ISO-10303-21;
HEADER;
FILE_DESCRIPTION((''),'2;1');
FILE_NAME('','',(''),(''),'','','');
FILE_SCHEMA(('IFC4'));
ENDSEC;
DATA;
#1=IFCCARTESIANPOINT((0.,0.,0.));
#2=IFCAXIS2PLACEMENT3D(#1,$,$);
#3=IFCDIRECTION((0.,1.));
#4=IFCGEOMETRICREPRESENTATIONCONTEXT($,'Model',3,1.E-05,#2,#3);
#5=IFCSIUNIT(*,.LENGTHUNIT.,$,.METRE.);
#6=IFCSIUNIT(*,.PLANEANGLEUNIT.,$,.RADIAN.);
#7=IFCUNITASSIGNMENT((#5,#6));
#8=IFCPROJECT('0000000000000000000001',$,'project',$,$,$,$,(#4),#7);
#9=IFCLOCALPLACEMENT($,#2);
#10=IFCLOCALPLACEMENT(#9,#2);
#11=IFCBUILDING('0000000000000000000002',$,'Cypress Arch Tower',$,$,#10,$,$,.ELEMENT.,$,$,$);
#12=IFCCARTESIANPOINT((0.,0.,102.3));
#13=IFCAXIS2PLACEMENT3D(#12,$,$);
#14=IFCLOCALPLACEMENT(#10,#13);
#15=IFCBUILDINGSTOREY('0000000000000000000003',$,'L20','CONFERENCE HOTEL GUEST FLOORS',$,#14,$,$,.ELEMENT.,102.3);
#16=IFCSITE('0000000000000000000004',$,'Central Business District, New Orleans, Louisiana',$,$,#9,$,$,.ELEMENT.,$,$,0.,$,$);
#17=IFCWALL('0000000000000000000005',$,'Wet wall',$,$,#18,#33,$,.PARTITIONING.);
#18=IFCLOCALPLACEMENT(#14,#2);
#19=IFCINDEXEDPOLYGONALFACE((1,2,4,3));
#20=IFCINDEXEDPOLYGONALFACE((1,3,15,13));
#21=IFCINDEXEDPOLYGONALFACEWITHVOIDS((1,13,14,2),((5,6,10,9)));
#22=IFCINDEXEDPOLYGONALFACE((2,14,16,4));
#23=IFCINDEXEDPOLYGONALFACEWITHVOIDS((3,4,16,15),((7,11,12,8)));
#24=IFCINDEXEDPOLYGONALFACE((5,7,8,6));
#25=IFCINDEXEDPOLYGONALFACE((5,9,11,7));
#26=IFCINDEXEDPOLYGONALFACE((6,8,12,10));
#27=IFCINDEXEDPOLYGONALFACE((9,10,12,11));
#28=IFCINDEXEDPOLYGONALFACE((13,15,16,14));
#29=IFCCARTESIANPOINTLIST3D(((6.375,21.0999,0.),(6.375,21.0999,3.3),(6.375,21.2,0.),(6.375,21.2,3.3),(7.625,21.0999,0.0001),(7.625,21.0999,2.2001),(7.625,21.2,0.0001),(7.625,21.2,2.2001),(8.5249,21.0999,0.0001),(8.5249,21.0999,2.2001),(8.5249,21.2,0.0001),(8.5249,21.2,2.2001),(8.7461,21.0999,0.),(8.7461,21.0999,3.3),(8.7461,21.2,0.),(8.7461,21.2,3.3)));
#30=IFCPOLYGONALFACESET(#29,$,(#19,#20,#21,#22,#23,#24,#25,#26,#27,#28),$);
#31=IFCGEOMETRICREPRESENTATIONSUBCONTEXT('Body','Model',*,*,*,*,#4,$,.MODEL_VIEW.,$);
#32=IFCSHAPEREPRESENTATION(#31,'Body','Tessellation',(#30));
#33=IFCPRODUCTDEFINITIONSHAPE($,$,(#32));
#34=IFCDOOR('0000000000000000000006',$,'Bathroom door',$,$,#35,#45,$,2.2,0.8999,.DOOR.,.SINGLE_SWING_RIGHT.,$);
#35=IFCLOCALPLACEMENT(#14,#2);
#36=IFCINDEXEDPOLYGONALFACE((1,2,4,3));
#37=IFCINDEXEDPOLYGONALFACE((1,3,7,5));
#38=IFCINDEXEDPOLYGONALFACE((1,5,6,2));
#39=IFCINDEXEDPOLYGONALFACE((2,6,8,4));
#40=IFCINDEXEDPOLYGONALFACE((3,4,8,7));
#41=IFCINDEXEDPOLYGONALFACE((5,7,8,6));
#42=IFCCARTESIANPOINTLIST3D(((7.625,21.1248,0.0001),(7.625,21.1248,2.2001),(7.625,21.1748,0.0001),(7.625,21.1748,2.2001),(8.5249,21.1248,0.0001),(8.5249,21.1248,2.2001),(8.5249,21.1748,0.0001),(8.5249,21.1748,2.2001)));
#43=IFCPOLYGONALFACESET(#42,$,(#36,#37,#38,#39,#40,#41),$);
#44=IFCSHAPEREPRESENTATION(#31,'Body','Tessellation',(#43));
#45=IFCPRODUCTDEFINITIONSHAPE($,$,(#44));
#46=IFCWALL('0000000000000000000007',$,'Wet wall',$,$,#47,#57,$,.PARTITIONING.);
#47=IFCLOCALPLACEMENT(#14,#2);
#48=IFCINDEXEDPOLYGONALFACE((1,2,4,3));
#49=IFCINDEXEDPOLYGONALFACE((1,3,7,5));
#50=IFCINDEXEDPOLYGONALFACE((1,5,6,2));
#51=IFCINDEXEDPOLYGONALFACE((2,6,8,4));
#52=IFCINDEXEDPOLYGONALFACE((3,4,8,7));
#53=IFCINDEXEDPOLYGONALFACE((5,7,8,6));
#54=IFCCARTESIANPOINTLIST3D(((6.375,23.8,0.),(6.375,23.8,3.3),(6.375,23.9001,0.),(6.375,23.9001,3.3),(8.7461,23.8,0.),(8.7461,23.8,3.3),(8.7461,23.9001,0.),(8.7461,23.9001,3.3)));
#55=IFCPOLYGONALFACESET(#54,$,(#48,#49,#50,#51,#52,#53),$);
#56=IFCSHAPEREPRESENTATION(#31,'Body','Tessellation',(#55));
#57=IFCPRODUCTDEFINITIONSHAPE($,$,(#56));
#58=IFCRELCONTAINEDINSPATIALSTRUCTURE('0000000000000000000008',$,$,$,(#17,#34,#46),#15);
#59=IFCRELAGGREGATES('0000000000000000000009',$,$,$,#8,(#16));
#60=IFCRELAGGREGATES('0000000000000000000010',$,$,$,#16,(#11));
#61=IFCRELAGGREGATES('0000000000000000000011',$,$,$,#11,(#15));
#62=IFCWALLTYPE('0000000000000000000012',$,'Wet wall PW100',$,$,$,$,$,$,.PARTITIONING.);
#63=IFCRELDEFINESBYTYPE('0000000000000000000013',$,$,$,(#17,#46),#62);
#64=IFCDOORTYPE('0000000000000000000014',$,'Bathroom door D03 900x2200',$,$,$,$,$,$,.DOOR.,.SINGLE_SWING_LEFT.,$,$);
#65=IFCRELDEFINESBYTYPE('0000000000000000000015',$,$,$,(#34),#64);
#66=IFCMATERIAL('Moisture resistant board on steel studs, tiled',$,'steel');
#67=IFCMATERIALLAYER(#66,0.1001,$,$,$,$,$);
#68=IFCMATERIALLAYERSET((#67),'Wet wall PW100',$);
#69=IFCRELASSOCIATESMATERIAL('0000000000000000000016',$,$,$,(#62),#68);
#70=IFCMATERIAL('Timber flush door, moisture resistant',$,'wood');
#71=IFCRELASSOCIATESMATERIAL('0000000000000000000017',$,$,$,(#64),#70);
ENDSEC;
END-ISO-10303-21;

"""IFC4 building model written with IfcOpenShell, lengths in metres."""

from ifc_helpers import new_model, si_unit, direction, frame, frame_2d, origin, place, context, subcontext, project, spatial, rectangle, extrude, material, layer, layer_set, type_object, element, fill, save


model = new_model("IFC4")

# Units and contexts
model_context = context("Model", 3, precision=1e-05, world=origin(), true_north=direction((0.0, 1.0)))
body_context = subcontext(model_context, "Body", "Model", "MODEL_VIEW")
ifc_project = project(units=[si_unit("LENGTHUNIT", "METRE"), si_unit("PLANEANGLEUNIT", "RADIAN")], contexts=[model_context])

# Site, building, storey
site_placement = place(None, origin())
site = spatial("IfcSite", under=ifc_project, at=site_placement, Name="Central Business District, New Orleans, Louisiana", CompositionType="ELEMENT", RefElevation=0.0)
building_placement = place(site_placement, origin())
building = spatial("IfcBuilding", under=site, at=building_placement, Name="Cypress Arch Tower", CompositionType="ELEMENT")
storey_placement = place(building_placement, frame((0.0, 0.0, 102.3)))
storey = spatial("IfcBuildingStorey", under=building, at=storey_placement, Name="L20", Description="CONFERENCE HOTEL GUEST FLOORS", CompositionType="ELEMENT", Elevation=102.3)

# Shared definitions
ifc_material_1 = material(Name="Moisture resistant board on steel studs, tiled", Category="steel")
ifc_layer_1 = layer(ifc_material_1, 0.1001)
ifc_layer_set_1 = layer_set([ifc_layer_1], Name="Wet wall PW100")
wall_type_1 = type_object("IfcWallType", Name="Wet wall PW100", PredefinedType="PARTITIONING", material=ifc_layer_set_1)

# Wall, opening, door
wall_1_placement = place(storey_placement, frame((6.375, 21.1499, 0.0), z_axis=(0.0, 0.0, 1.0), x_axis=(1.0, 0.0, 0.0)))
wall_1 = element("IfcWall", 1, at=wall_1_placement, inside=storey, type_object=wall_type_1, Name="Wet wall", PredefinedType="PARTITIONING", context=body_context, shape_type="SweptSolid", body=[
    extrude(rectangle(XDim=2.3711, YDim=0.1001, at=frame_2d((1.1855, 0.0))), origin(), (0.0, 0.0, 1.0), 3.3),
])
opening_1_placement = place(wall_1_placement, frame((1.25, 0.0, 0.0)))
opening_1 = element("IfcOpeningElement", 2, at=opening_1_placement, cuts=wall_1, PredefinedType="OPENING", context=body_context, shape_type="SweptSolid", body=[
    extrude(rectangle(XDim=0.8999, YDim=2.2, at=frame_2d((0.45, 1.1001))), frame((0.0, 0.0601, 0.0), z_axis=(0.0, -1.0, 0.0), x_axis=(1.0, 0.0, 0.0)), (0.0, 0.0, 1.0), 0.1201),
])
ifc_material_2 = material(Name="Timber flush door, moisture resistant", Category="wood")
door_type_1 = type_object("IfcDoorType", Name="Bathroom door D03 900x2200", OperationType="SINGLE_SWING_LEFT", PredefinedType="DOOR", material=ifc_material_2)
door_1_placement = place(opening_1_placement, origin())
door_1 = element("IfcDoor", 3, at=door_1_placement, inside=storey, type_object=door_type_1, Name="Bathroom door", OperationType="SINGLE_SWING_RIGHT", OverallHeight=2.2, OverallWidth=0.8999, PredefinedType="DOOR", context=body_context, shape_type="SweptSolid", body=[
    extrude(rectangle(XDim=0.8999, YDim=2.2, at=frame_2d((0.45, 1.1001))), frame((0.0, 0.0249, 0.0), z_axis=(0.0, -1.0, 0.0), x_axis=(1.0, 0.0, 0.0)), (0.0, 0.0, 1.0), 0.05),
])
fill(opening_1, door_1)

# Wall
wall_2_placement = place(storey_placement, frame((6.375, 23.8501, 0.0), z_axis=(0.0, 0.0, 1.0), x_axis=(1.0, 0.0, 0.0)))
element("IfcWall", 4, at=wall_2_placement, inside=storey, type_object=wall_type_1, Name="Wet wall", PredefinedType="PARTITIONING", context=body_context, shape_type="SweptSolid", body=[
    extrude(rectangle(XDim=2.3711, YDim=0.1001, at=frame_2d((1.1855, 0.0))), origin(), (0.0, 0.0, 1.0), 3.3),
])

save(model, "model.ifc")
